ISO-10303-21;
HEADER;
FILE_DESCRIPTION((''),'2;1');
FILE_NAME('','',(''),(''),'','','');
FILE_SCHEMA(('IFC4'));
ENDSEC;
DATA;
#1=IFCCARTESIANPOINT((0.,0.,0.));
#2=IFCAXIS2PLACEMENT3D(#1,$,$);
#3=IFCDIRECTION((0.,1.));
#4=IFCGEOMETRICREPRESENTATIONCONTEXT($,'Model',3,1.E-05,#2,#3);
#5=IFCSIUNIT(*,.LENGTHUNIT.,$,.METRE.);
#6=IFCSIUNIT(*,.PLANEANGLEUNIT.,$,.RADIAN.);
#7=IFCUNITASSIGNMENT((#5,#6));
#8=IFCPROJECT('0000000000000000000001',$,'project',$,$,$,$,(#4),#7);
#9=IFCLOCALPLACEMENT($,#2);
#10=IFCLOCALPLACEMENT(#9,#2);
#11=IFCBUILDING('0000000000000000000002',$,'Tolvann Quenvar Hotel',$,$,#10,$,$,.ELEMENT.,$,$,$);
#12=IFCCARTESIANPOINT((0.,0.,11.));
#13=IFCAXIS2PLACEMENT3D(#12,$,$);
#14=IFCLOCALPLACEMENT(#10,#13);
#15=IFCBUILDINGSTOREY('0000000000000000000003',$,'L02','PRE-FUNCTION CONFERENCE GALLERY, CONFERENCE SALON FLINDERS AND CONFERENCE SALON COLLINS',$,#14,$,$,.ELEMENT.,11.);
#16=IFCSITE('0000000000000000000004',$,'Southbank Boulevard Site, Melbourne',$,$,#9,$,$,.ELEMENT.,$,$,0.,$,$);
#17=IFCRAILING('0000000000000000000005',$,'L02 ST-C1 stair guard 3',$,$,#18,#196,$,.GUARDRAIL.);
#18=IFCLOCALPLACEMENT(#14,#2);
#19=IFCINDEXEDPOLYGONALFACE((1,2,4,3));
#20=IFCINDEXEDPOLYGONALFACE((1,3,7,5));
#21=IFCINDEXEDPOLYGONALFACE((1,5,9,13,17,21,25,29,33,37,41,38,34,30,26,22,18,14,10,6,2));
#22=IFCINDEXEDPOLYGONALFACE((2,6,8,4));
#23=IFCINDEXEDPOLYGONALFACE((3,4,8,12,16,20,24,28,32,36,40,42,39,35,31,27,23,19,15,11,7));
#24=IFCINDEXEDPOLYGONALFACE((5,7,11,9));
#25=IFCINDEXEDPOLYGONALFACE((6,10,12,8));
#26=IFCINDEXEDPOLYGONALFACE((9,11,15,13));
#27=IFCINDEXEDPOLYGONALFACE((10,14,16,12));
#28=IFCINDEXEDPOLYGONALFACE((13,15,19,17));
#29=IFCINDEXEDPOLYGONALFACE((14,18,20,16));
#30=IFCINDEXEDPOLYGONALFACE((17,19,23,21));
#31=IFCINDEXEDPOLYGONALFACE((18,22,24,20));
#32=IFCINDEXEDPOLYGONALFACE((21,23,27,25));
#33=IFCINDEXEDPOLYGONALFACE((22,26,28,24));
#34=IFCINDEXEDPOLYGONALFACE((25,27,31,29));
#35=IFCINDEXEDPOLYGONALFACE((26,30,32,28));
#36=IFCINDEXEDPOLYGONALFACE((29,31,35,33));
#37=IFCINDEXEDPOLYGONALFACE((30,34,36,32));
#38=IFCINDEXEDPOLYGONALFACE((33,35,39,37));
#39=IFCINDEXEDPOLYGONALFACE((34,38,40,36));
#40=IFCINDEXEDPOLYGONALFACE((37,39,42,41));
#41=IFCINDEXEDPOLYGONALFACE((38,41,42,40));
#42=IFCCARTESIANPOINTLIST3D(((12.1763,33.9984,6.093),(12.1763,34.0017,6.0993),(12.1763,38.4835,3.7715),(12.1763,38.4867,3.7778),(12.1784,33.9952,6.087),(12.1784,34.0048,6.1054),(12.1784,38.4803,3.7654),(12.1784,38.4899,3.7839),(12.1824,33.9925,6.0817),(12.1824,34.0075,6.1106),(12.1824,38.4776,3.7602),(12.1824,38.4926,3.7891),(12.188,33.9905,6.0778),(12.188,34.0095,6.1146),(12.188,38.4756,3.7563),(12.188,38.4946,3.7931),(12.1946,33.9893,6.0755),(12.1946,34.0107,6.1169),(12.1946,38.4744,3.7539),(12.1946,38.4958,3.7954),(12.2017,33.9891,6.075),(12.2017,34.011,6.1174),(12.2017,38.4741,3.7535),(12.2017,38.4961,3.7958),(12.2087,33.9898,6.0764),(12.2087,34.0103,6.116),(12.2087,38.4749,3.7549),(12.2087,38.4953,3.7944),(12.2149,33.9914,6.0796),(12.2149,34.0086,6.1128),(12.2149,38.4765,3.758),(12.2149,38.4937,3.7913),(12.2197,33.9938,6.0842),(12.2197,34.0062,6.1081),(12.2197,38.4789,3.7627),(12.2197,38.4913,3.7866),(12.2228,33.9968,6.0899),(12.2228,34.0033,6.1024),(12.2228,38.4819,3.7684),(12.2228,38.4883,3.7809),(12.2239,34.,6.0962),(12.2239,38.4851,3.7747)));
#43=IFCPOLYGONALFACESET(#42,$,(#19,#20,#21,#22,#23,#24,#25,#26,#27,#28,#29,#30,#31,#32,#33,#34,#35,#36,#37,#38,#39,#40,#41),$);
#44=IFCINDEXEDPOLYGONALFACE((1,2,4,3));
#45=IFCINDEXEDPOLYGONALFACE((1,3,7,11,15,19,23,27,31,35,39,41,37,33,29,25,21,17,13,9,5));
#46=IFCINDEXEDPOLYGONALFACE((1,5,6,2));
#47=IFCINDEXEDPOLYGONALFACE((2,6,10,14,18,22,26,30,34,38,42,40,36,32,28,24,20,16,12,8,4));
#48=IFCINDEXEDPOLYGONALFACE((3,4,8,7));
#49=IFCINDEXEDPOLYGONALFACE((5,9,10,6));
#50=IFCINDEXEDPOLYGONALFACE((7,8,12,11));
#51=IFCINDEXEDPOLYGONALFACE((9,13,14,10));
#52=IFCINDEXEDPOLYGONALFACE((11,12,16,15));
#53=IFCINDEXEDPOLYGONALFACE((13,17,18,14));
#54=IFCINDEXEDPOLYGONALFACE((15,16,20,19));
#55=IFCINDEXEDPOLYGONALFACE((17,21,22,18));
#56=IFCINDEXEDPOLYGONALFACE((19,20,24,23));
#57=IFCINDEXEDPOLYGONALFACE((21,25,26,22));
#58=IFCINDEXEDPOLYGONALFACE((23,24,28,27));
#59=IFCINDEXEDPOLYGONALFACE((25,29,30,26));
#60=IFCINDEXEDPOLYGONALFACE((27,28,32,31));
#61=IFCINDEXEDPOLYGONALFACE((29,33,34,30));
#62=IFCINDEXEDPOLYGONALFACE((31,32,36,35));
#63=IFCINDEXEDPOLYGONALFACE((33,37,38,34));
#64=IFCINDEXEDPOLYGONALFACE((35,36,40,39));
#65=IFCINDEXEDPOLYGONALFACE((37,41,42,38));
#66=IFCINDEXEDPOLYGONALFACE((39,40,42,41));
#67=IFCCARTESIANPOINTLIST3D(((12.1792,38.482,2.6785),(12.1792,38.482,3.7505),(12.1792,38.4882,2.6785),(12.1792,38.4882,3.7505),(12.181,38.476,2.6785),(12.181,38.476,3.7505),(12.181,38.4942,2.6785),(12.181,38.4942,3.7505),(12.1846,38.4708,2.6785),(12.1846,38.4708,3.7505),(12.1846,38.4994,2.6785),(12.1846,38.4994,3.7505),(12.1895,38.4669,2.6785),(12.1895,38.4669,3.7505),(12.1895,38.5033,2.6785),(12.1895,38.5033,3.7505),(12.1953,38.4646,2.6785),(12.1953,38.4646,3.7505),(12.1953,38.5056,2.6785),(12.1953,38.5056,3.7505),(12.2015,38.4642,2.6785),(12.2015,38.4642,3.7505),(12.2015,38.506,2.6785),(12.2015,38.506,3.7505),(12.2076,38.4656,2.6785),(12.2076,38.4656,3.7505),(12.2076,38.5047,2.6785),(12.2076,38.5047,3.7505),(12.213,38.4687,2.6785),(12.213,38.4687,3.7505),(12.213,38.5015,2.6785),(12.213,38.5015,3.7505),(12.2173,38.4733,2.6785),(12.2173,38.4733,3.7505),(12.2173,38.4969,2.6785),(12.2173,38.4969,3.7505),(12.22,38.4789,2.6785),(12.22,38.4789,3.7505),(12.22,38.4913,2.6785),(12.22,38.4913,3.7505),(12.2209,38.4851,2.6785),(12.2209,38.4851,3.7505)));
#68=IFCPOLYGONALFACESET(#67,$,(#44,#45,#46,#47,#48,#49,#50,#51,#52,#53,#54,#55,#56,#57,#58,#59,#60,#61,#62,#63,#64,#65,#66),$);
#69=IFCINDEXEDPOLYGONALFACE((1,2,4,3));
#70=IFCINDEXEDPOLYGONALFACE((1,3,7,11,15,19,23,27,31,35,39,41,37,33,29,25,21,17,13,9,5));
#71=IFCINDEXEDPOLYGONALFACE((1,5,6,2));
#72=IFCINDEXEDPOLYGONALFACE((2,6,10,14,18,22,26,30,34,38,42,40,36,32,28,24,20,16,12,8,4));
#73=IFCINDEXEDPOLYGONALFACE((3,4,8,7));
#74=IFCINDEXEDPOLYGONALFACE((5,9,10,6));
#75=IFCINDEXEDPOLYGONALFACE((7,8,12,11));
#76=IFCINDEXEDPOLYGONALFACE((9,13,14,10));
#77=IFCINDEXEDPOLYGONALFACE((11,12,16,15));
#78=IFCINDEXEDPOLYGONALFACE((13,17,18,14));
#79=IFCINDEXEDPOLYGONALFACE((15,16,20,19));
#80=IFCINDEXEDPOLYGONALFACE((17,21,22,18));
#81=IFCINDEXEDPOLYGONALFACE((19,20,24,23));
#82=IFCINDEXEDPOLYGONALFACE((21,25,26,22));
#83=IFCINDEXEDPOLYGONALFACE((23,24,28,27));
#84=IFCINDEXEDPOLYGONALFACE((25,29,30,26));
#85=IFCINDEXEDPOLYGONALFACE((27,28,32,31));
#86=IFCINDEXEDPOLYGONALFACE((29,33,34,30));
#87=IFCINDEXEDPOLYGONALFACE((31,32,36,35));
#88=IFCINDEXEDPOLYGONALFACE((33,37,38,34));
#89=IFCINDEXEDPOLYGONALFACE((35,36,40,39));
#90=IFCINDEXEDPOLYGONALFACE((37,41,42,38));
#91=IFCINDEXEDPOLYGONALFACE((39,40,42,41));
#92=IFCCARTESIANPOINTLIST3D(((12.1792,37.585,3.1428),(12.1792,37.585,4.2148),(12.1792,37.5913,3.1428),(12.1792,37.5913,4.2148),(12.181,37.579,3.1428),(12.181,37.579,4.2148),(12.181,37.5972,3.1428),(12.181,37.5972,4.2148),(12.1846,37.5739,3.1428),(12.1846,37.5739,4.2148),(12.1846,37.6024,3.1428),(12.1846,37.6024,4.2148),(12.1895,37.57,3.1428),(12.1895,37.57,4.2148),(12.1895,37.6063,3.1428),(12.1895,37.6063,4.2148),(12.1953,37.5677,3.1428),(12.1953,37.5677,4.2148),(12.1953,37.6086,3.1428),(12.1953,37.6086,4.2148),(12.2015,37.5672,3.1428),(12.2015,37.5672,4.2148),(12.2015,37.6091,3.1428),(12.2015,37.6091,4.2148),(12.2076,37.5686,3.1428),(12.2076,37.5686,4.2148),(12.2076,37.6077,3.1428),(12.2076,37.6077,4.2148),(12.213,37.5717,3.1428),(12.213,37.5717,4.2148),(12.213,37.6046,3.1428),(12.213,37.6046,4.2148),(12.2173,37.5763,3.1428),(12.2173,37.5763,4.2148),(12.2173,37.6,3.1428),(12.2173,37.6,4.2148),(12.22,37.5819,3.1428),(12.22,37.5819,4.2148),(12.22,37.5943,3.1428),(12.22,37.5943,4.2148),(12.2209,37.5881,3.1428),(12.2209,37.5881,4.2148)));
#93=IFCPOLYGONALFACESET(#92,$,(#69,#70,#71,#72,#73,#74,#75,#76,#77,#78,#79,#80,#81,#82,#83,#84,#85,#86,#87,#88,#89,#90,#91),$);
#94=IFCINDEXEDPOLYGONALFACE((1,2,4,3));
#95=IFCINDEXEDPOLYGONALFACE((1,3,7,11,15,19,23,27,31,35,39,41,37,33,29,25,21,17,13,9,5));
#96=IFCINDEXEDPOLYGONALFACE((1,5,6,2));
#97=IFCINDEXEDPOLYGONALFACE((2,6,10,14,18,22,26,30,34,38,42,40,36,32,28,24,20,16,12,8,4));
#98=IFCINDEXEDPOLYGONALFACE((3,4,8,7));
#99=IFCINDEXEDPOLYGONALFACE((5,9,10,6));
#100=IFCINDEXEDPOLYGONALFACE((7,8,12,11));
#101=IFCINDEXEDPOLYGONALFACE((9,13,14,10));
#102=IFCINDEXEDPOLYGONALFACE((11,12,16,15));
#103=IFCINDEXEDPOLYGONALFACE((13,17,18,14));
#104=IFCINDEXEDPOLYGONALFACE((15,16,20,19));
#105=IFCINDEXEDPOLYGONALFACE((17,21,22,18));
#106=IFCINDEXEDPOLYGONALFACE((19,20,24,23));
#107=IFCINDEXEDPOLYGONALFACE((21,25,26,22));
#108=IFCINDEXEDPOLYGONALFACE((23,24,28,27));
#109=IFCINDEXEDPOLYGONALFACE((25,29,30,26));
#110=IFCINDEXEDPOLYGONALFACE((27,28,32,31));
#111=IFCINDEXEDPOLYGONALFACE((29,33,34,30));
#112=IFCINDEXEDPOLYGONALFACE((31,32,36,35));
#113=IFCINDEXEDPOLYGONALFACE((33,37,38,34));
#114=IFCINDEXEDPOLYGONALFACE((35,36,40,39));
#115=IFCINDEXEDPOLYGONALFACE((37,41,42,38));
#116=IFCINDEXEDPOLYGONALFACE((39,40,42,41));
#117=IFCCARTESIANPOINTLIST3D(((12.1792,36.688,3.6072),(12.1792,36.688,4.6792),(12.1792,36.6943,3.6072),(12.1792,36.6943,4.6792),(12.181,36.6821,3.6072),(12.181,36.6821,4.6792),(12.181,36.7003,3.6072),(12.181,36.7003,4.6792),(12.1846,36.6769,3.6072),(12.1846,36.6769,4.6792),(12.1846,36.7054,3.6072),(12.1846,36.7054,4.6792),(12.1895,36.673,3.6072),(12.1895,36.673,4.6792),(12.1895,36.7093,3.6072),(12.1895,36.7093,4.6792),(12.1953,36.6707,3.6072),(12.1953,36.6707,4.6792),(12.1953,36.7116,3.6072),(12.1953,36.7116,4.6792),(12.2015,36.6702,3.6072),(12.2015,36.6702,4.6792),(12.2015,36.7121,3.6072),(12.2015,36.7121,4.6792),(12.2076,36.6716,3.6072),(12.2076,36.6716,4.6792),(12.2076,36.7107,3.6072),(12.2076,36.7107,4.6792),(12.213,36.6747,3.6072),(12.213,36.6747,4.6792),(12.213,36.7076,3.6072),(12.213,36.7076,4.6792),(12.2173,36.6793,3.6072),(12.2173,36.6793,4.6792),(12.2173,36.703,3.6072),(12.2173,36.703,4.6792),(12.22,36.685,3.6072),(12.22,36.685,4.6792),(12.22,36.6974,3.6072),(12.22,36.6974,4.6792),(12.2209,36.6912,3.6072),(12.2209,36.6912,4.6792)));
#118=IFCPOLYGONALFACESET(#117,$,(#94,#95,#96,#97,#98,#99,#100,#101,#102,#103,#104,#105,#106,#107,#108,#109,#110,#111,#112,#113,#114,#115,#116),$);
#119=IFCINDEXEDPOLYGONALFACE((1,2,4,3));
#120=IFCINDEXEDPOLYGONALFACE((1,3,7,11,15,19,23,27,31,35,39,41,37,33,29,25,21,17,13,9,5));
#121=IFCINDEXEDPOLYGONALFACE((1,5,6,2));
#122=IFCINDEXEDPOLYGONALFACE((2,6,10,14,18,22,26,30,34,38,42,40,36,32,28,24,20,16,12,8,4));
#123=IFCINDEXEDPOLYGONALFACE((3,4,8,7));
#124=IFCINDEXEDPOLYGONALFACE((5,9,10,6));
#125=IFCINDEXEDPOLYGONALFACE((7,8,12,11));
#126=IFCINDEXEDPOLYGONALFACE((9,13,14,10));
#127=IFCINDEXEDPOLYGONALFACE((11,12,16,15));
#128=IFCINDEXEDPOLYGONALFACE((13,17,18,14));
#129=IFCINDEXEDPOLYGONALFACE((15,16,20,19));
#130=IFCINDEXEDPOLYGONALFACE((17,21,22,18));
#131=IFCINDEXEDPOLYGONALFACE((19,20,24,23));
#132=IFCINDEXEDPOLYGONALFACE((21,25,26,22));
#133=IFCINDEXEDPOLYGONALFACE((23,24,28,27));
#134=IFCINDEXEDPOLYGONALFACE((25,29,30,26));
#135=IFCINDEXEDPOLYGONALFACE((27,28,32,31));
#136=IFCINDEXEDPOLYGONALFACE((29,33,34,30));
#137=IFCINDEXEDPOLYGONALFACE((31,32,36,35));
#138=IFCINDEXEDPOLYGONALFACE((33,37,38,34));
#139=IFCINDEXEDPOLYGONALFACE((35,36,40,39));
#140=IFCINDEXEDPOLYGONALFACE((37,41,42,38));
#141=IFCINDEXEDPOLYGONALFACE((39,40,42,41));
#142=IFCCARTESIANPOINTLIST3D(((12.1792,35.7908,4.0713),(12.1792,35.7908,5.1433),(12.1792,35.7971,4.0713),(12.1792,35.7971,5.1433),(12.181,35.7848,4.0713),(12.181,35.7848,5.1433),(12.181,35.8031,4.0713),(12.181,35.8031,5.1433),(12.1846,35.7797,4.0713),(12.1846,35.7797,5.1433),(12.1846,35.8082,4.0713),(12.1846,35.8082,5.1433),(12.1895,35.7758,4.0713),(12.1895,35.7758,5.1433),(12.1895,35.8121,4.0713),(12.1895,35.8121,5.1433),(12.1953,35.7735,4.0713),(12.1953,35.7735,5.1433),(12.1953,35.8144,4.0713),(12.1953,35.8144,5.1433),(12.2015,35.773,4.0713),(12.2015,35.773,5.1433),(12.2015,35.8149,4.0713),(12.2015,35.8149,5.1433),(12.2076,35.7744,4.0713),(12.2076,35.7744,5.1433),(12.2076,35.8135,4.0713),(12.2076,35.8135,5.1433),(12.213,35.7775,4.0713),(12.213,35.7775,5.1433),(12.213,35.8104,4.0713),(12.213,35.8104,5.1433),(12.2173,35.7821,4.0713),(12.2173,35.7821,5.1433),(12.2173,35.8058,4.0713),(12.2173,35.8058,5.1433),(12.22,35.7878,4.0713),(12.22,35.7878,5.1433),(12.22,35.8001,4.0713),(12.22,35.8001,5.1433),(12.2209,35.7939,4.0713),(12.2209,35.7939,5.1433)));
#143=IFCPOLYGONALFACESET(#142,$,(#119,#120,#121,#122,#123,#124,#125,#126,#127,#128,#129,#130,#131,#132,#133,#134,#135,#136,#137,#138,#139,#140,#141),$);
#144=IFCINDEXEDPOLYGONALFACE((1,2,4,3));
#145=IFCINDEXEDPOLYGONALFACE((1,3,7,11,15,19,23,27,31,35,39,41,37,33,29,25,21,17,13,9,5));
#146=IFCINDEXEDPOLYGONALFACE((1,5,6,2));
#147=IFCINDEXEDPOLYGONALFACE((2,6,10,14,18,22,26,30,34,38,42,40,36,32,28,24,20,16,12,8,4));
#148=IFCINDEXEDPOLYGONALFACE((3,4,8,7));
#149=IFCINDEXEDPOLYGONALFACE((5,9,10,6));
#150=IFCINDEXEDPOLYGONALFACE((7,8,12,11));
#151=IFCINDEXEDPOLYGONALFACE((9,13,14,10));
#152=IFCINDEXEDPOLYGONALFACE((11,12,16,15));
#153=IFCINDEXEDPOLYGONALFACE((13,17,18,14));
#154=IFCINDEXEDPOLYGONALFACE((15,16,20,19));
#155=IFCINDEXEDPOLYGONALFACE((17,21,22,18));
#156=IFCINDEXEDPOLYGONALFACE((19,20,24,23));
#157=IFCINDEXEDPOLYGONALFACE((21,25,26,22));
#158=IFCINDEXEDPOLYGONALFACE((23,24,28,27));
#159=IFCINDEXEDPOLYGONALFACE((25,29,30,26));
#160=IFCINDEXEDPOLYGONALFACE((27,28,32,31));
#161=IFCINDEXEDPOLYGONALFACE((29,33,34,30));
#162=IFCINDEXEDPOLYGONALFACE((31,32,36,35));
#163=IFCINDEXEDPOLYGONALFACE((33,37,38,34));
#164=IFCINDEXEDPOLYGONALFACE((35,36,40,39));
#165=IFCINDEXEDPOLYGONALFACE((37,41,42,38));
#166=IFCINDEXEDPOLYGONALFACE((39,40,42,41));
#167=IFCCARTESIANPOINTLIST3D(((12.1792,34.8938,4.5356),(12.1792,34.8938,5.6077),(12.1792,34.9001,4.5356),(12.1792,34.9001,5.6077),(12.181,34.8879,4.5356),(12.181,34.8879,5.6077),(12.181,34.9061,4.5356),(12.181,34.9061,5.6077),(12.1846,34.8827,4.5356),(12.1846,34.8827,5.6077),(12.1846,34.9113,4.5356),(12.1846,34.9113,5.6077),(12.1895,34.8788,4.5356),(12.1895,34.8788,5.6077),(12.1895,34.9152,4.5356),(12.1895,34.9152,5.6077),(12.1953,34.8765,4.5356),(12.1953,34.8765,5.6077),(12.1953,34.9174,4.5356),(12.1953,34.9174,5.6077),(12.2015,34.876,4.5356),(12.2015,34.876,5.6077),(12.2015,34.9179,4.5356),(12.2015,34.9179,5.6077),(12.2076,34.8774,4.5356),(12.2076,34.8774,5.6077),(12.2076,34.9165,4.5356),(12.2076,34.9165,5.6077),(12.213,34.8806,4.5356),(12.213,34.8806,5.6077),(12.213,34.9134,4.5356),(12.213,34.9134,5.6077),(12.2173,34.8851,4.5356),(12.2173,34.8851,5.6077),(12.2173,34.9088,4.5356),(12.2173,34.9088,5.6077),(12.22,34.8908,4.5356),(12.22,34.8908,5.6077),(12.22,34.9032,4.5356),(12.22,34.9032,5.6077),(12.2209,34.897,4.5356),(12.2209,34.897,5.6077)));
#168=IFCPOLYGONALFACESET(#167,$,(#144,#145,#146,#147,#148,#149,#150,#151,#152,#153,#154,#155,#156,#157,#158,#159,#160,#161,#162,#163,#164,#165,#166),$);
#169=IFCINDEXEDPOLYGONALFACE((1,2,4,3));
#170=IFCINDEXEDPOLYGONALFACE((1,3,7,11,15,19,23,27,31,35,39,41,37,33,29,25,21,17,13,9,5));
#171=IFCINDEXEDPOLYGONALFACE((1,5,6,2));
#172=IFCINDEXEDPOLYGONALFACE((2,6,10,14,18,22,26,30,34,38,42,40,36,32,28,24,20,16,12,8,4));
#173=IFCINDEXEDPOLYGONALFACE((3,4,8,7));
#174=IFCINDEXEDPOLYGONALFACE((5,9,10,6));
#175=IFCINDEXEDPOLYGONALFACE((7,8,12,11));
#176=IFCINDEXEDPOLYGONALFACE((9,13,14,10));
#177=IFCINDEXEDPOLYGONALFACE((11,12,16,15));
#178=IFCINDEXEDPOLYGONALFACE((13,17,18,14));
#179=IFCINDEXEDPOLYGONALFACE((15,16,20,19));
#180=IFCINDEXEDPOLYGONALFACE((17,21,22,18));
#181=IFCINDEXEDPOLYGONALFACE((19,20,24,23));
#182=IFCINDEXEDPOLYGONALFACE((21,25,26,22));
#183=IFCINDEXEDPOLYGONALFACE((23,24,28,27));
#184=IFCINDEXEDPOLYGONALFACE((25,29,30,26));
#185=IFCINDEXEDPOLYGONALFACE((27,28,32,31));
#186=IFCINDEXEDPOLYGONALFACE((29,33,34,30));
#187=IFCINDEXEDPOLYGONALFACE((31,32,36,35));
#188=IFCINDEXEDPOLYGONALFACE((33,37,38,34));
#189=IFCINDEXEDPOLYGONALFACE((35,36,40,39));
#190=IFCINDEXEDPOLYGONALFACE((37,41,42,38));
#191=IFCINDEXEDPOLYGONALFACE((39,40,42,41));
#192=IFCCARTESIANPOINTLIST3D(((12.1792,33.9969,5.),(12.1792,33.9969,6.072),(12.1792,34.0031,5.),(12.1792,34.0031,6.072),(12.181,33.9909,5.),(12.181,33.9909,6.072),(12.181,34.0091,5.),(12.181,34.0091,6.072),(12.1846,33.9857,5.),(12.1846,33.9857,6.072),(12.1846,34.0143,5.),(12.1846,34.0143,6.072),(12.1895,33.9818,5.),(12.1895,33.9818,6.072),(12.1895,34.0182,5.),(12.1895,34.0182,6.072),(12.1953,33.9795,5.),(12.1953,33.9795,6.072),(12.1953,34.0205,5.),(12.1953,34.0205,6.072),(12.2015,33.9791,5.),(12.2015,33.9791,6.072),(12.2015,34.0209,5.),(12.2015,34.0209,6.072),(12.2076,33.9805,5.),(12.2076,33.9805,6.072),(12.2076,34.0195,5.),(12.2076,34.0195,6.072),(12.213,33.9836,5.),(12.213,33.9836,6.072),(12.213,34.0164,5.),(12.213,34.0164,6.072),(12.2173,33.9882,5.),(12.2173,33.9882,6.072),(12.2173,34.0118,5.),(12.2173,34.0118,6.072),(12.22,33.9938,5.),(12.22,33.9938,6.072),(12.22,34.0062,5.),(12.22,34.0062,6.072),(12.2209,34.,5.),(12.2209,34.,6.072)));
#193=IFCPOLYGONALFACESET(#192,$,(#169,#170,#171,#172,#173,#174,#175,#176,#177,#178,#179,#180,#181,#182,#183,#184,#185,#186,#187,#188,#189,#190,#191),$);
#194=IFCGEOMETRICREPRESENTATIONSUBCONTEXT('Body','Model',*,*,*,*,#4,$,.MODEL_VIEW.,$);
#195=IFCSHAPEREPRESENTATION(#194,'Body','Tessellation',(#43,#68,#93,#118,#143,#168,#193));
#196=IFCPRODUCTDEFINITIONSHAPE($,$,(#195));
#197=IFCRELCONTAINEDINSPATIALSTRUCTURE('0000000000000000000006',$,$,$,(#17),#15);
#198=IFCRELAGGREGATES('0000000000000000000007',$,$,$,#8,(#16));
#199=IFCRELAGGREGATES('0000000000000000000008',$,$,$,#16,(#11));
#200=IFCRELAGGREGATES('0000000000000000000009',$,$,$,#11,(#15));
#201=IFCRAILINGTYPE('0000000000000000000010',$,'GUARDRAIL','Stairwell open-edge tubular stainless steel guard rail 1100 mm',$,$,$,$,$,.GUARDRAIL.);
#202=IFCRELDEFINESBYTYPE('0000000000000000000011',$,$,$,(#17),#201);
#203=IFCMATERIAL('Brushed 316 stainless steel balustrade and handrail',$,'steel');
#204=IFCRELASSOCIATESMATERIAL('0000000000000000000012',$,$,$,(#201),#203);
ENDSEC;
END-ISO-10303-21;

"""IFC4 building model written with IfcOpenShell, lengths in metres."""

from ifc_helpers import new_model, si_unit, direction, frame, origin, origin_2d, place, context, subcontext, project, spatial, circle, extrude, material, type_object, element, save


model = new_model("IFC4")

# Units and contexts
model_context = context("Model", 3, precision=1e-05, world=origin(), true_north=direction((0.0, 1.0)))
body_context = subcontext(model_context, "Body", "Model", "MODEL_VIEW")
ifc_project = project(units=[si_unit("LENGTHUNIT", "METRE"), si_unit("PLANEANGLEUNIT", "RADIAN")], contexts=[model_context])

# Site, building, storey
site_placement = place(None, origin())
site = spatial("IfcSite", under=ifc_project, at=site_placement, Name="Southbank Boulevard Site, Melbourne", CompositionType="ELEMENT", RefElevation=0.0)
building_placement = place(site_placement, origin())
building = spatial("IfcBuilding", under=site, at=building_placement, Name="Tolvann Quenvar Hotel", CompositionType="ELEMENT")
storey_placement = place(building_placement, frame((0.0, 0.0, 11.0)))
storey = spatial("IfcBuildingStorey", under=building, at=storey_placement, Name="L02", Description="PRE-FUNCTION CONFERENCE GALLERY, CONFERENCE SALON FLINDERS AND CONFERENCE SALON COLLINS", CompositionType="ELEMENT", Elevation=11.0)

# Railing
ifc_material_1 = material(Name="Brushed 316 stainless steel balustrade and handrail", Category="steel")
railing_type_1 = type_object("IfcRailingType", Name="GUARDRAIL", Description="Stairwell open-edge tubular stainless steel guard rail 1100 mm", PredefinedType="GUARDRAIL", material=ifc_material_1)
railing_1_placement = place(storey_placement, frame((12.2, 38.4851, 2.6785)))
element("IfcRailing", 1, at=railing_1_placement, inside=storey, type_object=railing_type_1, Name="L02 ST-C1 stair guard 3", PredefinedType="GUARDRAIL", context=body_context, shape_type="SweptSolid", body=[
    extrude(circle(Radius=0.0239, at=origin_2d()), frame((0.0, 0.0, 1.0962), z_axis=(0.0, -0.888084, 0.459681), x_axis=(1.0, 0.0, 0.0)), (0.0, 0.0, 1.0), 5.0503),
    extrude(circle(Radius=0.021, at=origin_2d()), origin(), (0.0, 0.0, 1.0), 1.072),
    extrude(circle(Radius=0.021, at=origin_2d()), frame((0.0, -0.897, 0.4644)), (0.0, 0.0, 1.0), 1.072),
    extrude(circle(Radius=0.021, at=origin_2d()), frame((0.0, -1.7939, 0.9287)), (0.0, 0.0, 1.0), 1.072),
    extrude(circle(Radius=0.021, at=origin_2d()), frame((0.0, -2.6912, 1.3928)), (0.0, 0.0, 1.0), 1.072),
    extrude(circle(Radius=0.021, at=origin_2d()), frame((0.0, -3.5881, 1.8572)), (0.0, 0.0, 1.0), 1.072),
    extrude(circle(Radius=0.021, at=origin_2d()), frame((0.0, -4.4851, 2.3215)), (0.0, 0.0, 1.0), 1.072),
])

save(model, "model.ifc")
